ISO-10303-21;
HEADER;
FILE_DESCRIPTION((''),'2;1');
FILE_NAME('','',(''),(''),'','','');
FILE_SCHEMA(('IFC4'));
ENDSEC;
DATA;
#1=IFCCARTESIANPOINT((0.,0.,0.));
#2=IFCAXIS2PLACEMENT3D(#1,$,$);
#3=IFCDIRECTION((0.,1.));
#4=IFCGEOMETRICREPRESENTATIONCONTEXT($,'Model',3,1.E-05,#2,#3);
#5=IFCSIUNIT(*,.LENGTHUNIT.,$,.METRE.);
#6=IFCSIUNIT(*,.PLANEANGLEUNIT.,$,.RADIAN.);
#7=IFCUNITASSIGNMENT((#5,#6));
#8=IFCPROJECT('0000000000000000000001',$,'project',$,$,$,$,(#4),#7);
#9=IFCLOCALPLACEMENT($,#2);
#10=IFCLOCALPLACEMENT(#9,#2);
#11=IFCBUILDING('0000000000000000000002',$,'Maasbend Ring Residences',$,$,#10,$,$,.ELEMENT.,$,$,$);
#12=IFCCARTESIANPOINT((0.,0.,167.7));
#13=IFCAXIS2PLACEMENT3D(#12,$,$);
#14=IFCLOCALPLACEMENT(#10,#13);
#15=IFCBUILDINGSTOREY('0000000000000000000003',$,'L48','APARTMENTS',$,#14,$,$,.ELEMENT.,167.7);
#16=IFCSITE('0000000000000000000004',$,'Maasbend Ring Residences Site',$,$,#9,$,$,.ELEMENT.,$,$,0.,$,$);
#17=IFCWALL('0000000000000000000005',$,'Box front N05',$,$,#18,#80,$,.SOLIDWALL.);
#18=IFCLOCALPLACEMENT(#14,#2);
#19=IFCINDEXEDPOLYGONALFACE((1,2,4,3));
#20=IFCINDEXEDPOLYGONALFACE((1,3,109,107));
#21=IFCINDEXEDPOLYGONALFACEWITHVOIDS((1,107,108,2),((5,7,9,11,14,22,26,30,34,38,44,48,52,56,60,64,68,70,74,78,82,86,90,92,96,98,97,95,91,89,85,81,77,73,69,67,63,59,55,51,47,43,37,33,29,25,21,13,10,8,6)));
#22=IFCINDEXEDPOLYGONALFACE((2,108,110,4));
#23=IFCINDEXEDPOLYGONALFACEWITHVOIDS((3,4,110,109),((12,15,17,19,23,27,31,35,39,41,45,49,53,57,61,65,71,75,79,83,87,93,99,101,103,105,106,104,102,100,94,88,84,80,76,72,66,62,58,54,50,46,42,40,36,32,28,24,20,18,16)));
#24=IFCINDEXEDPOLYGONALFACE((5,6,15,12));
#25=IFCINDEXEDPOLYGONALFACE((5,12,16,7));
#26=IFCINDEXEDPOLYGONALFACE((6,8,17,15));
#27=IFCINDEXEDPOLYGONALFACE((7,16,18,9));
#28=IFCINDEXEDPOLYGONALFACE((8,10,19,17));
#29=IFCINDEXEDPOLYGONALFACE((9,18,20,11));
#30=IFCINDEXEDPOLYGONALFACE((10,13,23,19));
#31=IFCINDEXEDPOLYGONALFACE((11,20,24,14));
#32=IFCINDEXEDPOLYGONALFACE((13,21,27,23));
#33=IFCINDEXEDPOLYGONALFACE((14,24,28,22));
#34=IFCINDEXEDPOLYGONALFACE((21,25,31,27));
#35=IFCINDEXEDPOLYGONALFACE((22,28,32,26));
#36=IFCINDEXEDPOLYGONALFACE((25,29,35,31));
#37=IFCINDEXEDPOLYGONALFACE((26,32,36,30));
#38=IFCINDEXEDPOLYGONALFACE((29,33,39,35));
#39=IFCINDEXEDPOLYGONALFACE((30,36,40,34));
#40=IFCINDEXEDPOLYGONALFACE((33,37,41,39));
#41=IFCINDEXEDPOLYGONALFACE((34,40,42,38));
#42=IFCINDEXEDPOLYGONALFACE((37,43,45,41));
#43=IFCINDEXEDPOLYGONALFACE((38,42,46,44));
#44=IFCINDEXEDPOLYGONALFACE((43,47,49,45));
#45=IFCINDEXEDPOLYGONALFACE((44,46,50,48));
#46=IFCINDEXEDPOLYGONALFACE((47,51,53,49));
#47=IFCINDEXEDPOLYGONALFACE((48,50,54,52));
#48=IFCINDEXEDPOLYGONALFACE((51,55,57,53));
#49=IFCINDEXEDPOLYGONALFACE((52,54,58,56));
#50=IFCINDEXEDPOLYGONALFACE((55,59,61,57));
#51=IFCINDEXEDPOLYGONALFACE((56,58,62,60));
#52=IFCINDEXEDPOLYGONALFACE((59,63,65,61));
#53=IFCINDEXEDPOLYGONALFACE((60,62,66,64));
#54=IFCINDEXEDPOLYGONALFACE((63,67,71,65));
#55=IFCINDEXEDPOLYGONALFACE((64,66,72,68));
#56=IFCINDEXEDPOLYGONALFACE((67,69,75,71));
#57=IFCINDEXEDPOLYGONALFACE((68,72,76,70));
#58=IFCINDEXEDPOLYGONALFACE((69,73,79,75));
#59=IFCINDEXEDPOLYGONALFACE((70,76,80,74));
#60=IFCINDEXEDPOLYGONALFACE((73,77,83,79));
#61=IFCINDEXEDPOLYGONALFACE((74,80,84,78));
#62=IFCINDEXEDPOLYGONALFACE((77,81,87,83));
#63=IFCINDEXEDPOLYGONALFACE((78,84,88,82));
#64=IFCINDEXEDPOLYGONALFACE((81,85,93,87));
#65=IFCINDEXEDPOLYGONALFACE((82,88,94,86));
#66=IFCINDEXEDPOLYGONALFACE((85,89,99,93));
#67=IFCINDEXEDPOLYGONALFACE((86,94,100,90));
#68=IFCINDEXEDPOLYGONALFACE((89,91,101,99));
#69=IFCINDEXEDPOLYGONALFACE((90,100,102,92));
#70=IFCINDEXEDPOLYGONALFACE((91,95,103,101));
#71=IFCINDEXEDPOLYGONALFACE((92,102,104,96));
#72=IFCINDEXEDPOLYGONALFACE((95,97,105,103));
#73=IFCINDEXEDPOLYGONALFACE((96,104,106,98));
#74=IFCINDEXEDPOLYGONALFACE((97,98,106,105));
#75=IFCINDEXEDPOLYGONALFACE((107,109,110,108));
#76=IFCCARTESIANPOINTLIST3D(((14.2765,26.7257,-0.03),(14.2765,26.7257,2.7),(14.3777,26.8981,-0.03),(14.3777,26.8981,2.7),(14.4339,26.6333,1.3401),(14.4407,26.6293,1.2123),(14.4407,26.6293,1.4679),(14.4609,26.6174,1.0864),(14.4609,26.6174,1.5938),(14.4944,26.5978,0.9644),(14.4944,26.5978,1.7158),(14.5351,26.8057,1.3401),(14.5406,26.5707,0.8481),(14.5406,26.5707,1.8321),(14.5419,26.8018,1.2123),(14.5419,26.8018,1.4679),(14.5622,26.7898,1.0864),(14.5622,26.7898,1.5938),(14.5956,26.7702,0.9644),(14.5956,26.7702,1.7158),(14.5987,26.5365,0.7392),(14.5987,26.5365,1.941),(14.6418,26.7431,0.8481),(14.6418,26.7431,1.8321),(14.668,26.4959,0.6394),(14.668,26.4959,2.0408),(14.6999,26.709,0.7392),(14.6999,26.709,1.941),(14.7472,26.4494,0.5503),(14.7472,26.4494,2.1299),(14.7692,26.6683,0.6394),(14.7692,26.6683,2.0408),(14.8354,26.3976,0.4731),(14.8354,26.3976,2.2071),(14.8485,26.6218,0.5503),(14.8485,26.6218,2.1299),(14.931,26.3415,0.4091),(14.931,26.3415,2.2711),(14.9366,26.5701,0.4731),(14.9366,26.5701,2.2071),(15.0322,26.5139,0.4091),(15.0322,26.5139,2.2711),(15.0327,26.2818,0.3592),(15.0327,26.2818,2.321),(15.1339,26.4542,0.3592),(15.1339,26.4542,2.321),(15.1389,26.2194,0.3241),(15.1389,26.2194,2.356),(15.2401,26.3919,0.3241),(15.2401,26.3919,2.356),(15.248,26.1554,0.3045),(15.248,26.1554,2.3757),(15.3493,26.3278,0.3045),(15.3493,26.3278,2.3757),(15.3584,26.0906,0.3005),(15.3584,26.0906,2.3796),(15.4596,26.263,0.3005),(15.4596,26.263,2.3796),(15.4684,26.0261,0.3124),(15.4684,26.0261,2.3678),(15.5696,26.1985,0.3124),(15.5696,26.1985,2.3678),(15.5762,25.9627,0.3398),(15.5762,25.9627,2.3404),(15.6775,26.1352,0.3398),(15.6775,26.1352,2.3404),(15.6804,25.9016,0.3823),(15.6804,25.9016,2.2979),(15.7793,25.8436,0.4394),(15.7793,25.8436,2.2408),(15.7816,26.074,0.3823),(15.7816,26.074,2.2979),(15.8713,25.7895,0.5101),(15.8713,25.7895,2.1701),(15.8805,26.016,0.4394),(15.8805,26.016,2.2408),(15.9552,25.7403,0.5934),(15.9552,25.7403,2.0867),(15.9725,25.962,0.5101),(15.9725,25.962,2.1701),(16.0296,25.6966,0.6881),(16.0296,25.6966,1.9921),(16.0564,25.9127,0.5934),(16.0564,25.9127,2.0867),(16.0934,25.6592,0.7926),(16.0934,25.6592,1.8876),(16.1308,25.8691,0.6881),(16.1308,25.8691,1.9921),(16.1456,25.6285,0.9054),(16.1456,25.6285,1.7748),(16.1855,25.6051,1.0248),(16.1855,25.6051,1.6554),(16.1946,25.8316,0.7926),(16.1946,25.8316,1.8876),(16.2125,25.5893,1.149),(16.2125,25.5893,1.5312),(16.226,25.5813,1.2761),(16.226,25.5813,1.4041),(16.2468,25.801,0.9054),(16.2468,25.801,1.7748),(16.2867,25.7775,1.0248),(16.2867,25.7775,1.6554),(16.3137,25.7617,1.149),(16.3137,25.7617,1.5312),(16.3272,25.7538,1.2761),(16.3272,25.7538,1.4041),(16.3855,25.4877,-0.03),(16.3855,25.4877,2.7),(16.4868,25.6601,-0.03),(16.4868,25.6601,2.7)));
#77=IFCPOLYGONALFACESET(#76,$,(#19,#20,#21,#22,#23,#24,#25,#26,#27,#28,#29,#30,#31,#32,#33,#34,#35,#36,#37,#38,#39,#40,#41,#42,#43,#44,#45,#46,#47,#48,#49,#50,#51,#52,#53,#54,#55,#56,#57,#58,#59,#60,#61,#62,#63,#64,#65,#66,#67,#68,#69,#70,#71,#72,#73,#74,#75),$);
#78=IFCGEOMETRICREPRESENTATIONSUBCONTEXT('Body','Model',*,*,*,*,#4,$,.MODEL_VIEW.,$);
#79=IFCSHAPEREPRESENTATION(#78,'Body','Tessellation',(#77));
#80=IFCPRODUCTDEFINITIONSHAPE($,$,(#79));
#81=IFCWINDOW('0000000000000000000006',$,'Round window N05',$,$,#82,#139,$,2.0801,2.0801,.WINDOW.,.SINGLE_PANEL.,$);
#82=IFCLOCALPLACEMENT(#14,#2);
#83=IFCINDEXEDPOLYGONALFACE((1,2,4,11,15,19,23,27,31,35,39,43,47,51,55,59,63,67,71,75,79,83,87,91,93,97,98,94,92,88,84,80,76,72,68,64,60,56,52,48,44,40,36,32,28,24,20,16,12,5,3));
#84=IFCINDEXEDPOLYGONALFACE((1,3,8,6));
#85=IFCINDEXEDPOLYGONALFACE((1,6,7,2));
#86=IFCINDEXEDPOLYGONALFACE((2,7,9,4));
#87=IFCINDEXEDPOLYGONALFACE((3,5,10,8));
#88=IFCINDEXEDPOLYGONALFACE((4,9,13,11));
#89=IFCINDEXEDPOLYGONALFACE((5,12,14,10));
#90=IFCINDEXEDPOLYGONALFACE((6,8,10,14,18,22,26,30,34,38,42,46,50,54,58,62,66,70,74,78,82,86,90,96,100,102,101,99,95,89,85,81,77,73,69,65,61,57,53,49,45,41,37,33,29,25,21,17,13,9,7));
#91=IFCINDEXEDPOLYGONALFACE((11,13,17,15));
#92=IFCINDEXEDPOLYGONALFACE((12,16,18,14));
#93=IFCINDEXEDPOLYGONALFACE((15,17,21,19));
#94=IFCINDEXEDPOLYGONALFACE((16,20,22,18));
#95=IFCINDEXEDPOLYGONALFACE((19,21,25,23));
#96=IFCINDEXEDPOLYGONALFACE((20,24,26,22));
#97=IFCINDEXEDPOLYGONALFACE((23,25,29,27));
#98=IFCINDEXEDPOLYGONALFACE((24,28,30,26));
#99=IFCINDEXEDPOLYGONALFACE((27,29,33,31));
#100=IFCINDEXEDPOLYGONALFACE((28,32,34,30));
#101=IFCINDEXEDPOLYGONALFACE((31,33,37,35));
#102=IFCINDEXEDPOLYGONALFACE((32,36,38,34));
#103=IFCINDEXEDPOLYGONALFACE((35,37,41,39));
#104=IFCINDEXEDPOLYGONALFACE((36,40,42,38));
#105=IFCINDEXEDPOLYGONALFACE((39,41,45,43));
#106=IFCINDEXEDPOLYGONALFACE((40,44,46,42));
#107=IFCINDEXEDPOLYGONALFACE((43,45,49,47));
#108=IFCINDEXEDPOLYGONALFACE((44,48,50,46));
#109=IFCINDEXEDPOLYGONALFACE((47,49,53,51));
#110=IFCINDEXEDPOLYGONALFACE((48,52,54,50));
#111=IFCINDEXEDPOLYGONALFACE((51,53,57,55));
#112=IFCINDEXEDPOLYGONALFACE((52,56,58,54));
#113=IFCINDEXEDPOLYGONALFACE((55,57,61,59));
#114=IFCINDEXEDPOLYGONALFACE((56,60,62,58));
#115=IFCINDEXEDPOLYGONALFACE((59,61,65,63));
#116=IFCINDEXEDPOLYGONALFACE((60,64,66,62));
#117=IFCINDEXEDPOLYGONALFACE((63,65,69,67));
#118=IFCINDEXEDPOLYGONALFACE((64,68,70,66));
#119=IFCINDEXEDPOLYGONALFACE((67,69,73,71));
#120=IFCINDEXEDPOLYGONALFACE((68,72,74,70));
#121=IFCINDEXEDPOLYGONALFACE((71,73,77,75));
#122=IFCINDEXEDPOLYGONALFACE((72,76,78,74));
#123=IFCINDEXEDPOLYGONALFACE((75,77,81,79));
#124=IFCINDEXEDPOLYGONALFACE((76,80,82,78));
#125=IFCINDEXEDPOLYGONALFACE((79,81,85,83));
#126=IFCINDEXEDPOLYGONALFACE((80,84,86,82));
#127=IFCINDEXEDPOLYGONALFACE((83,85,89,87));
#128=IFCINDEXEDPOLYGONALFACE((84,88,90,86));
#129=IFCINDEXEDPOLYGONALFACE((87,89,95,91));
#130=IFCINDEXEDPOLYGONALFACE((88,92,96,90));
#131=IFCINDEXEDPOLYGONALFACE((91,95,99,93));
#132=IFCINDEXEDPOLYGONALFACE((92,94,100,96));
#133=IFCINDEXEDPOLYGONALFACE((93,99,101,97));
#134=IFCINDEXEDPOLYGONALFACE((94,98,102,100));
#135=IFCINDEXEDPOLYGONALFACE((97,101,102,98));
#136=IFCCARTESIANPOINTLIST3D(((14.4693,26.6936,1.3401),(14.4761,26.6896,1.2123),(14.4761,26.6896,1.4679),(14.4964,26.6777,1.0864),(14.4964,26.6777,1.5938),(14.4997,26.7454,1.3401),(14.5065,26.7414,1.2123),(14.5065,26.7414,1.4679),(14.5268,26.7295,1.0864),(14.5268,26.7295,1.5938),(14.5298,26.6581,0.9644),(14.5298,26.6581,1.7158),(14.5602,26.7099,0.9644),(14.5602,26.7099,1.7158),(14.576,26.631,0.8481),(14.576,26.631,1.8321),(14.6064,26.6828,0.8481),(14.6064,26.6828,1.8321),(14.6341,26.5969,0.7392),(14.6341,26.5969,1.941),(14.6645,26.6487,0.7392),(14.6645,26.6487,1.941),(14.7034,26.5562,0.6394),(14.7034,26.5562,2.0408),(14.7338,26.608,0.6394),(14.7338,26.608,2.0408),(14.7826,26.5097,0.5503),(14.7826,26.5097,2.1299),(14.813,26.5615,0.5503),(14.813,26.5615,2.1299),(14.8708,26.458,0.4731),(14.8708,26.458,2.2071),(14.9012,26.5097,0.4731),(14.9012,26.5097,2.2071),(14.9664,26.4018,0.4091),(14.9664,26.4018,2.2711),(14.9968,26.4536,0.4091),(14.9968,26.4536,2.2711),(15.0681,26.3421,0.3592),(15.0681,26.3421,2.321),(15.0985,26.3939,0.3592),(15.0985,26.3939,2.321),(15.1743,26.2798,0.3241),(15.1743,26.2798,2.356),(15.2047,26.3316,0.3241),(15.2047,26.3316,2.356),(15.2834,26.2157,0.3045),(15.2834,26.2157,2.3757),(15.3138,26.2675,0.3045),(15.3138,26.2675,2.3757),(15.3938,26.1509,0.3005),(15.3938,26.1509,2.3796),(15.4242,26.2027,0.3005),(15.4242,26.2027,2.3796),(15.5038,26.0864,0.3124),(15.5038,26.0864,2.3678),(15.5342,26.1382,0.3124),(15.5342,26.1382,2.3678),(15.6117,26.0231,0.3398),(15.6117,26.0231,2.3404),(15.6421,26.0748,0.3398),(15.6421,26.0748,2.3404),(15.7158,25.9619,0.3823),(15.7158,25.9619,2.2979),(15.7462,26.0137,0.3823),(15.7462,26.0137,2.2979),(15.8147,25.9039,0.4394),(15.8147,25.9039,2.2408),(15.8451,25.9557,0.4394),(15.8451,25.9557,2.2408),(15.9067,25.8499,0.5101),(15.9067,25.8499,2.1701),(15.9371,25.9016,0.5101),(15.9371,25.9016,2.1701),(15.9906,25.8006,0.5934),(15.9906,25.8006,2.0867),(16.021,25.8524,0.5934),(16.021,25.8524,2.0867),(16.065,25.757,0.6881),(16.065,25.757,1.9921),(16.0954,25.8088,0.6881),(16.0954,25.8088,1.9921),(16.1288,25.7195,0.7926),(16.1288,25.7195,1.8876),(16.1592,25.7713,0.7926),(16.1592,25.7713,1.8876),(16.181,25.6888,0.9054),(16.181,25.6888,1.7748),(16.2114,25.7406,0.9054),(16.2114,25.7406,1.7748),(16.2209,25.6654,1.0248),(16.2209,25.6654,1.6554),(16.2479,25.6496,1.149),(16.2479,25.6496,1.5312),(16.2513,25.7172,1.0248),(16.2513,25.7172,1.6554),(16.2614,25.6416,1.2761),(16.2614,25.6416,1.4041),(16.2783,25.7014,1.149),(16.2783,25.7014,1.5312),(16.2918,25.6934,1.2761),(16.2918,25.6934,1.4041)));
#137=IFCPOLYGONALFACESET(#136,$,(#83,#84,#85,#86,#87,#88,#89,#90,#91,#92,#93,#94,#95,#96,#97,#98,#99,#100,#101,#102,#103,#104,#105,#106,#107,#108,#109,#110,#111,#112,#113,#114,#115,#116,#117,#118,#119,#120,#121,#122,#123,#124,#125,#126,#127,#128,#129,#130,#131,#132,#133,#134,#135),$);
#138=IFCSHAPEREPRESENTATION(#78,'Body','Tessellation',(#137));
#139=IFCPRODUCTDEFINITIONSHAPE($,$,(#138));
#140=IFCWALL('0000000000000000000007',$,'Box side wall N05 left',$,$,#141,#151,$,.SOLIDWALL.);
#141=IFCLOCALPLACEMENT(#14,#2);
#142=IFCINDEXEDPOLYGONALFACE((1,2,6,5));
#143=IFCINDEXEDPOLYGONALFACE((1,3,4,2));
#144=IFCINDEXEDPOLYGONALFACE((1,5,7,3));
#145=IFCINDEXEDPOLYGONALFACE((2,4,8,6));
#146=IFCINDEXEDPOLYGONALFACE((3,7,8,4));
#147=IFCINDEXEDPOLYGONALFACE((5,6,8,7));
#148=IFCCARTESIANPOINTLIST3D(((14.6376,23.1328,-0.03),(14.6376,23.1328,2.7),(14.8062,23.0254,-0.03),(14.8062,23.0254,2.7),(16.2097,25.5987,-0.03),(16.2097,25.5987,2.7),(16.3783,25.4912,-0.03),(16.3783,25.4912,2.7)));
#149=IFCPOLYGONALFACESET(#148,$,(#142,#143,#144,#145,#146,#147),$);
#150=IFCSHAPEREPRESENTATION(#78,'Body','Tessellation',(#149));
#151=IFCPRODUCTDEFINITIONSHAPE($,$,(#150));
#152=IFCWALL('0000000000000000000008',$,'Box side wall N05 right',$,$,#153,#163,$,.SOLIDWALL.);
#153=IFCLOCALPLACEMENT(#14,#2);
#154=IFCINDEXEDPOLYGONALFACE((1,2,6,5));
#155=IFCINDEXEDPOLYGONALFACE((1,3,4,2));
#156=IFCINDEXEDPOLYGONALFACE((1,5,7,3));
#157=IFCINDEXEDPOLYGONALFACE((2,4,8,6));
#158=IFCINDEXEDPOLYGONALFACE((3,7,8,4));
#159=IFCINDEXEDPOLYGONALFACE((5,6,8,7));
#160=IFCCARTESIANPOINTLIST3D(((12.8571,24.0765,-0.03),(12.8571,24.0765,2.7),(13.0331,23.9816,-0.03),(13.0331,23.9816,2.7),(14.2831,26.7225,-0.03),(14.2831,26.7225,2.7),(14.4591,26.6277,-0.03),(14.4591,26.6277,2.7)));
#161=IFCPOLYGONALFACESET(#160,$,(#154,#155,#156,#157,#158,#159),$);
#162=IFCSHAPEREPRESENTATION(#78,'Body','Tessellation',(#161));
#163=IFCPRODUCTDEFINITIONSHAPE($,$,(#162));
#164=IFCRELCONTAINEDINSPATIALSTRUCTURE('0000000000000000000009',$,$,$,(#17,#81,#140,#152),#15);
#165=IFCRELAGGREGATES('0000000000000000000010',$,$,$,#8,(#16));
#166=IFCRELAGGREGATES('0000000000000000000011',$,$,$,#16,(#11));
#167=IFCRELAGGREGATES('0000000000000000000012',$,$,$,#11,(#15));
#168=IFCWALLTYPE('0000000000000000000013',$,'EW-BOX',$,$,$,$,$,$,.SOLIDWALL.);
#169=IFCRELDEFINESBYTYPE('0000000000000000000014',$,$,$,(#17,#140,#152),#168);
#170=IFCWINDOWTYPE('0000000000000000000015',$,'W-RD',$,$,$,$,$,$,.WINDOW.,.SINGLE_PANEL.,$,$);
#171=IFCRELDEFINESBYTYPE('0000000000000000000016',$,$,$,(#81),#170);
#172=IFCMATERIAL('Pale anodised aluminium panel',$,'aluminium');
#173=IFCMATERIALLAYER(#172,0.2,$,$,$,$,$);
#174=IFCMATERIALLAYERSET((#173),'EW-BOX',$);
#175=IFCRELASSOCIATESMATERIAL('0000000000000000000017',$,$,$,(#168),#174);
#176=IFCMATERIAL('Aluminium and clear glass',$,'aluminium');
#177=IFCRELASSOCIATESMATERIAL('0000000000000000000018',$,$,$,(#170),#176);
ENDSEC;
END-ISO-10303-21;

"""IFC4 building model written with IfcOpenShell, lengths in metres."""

from ifc_helpers import new_model, si_unit, direction, frame, frame_2d, origin, place, context, subcontext, project, spatial, rectangle, circle, extrude, material, layer, layer_set, type_object, element, fill, save


model = new_model("IFC4")

# Units and contexts
model_context = context("Model", 3, precision=1e-05, world=origin(), true_north=direction((0.0, 1.0)))
body_context = subcontext(model_context, "Body", "Model", "MODEL_VIEW")
ifc_project = project(units=[si_unit("LENGTHUNIT", "METRE"), si_unit("PLANEANGLEUNIT", "RADIAN")], contexts=[model_context])

# Site, building, storey
site_placement = place(None, origin())
site = spatial("IfcSite", under=ifc_project, at=site_placement, Name="Maasbend Ring Residences Site", CompositionType="ELEMENT", RefElevation=0.0)
building_placement = place(site_placement, origin())
building = spatial("IfcBuilding", under=site, at=building_placement, Name="Maasbend Ring Residences", CompositionType="ELEMENT")
storey_placement = place(building_placement, frame((0.0, 0.0, 167.7)))
storey = spatial("IfcBuildingStorey", under=building, at=storey_placement, Name="L48", Description="APARTMENTS", CompositionType="ELEMENT", Elevation=167.7)

# Shared definitions
ifc_material_1 = material(Name="Pale anodised aluminium panel", Category="aluminium")
ifc_layer_1 = layer(ifc_material_1, 0.2)
ifc_layer_set_1 = layer_set([ifc_layer_1], Name="EW-BOX")
wall_type_1 = type_object("IfcWallType", Name="EW-BOX", PredefinedType="SOLIDWALL", material=ifc_layer_set_1)
ifc_material_2 = material(Name="Aluminium and clear glass", Category="aluminium")
window_type_1 = type_object("IfcWindowType", Name="W-RD", PartitioningType="SINGLE_PANEL", PredefinedType="WINDOW", material=ifc_material_2)

# Wall, opening, window
wall_1_placement = place(storey_placement, frame((16.436, 25.574, -0.03), z_axis=(0.0, 0.0, 1.0), x_axis=(-0.862403, 0.506222, 0.0)))
wall_1 = element("IfcWall", 1, at=wall_1_placement, inside=storey, type_object=wall_type_1, Name="Box front N05", PredefinedType="SOLIDWALL", context=body_context, shape_type="SweptSolid", body=[
    extrude(rectangle(XDim=2.4456, YDim=0.2, at=frame_2d((1.2227, 0.0))), origin(), (0.0, 0.0, 1.0), 2.73),
])
opening_1_placement = place(wall_1_placement, frame((0.1829, 0.0, 0.3301)))
opening_1 = element("IfcOpeningElement", 2, at=opening_1_placement, cuts=wall_1, PredefinedType="OPENING", context=body_context, shape_type="SweptSolid", body=[
    extrude(circle(Radius=1.04, at=frame_2d((1.04, 1.04))), frame((0.0, 0.1099, 0.0), z_axis=(0.0, -1.0, 0.0), x_axis=(1.0, 0.0, 0.0)), (0.0, 0.0, 1.0), 0.22),
])
window_1_placement = place(opening_1_placement, origin())
window_1 = element("IfcWindow", 3, at=window_1_placement, inside=storey, type_object=window_type_1, Name="Round window N05", OverallHeight=2.0801, OverallWidth=2.0801, PartitioningType="SINGLE_PANEL", PredefinedType="WINDOW", context=body_context, shape_type="SweptSolid", body=[
    extrude(circle(Radius=1.04, at=frame_2d((1.04, 1.04))), frame((0.0, 0.03, 0.0), z_axis=(0.0, -1.0, 0.0), x_axis=(1.0, 0.0, 0.0)), (0.0, 0.0, 1.0), 0.0601),
])
fill(opening_1, window_1)

# Walls
wall_2_placement = place(storey_placement, frame((14.7219, 23.0791, -0.03), z_axis=(0.0, 0.0, 1.0), x_axis=(0.537572, 0.843218, 0.0)))
element("IfcWall", 4, at=wall_2_placement, inside=storey, type_object=wall_type_1, Name="Box side wall N05 left", PredefinedType="SOLIDWALL", context=body_context, shape_type="SweptSolid", body=[
    extrude(rectangle(XDim=2.9243, YDim=0.2, at=frame_2d((1.4622, 0.0))), origin(), (0.0, 0.0, 1.0), 2.73),
])
wall_3_placement = place(storey_placement, frame((12.9451, 24.0291, -0.03), z_axis=(0.0, 0.0, 1.0), x_axis=(0.474424, 0.880296, 0.0)))
element("IfcWall", 5, at=wall_3_placement, inside=storey, type_object=wall_type_1, Name="Box side wall N05 right", PredefinedType="SOLIDWALL", context=body_context, shape_type="SweptSolid", body=[
    extrude(rectangle(XDim=3.0059, YDim=0.2, at=frame_2d((1.5029, 0.0))), origin(), (0.0, 0.0, 1.0), 2.73),
])

save(model, "model.ifc")
